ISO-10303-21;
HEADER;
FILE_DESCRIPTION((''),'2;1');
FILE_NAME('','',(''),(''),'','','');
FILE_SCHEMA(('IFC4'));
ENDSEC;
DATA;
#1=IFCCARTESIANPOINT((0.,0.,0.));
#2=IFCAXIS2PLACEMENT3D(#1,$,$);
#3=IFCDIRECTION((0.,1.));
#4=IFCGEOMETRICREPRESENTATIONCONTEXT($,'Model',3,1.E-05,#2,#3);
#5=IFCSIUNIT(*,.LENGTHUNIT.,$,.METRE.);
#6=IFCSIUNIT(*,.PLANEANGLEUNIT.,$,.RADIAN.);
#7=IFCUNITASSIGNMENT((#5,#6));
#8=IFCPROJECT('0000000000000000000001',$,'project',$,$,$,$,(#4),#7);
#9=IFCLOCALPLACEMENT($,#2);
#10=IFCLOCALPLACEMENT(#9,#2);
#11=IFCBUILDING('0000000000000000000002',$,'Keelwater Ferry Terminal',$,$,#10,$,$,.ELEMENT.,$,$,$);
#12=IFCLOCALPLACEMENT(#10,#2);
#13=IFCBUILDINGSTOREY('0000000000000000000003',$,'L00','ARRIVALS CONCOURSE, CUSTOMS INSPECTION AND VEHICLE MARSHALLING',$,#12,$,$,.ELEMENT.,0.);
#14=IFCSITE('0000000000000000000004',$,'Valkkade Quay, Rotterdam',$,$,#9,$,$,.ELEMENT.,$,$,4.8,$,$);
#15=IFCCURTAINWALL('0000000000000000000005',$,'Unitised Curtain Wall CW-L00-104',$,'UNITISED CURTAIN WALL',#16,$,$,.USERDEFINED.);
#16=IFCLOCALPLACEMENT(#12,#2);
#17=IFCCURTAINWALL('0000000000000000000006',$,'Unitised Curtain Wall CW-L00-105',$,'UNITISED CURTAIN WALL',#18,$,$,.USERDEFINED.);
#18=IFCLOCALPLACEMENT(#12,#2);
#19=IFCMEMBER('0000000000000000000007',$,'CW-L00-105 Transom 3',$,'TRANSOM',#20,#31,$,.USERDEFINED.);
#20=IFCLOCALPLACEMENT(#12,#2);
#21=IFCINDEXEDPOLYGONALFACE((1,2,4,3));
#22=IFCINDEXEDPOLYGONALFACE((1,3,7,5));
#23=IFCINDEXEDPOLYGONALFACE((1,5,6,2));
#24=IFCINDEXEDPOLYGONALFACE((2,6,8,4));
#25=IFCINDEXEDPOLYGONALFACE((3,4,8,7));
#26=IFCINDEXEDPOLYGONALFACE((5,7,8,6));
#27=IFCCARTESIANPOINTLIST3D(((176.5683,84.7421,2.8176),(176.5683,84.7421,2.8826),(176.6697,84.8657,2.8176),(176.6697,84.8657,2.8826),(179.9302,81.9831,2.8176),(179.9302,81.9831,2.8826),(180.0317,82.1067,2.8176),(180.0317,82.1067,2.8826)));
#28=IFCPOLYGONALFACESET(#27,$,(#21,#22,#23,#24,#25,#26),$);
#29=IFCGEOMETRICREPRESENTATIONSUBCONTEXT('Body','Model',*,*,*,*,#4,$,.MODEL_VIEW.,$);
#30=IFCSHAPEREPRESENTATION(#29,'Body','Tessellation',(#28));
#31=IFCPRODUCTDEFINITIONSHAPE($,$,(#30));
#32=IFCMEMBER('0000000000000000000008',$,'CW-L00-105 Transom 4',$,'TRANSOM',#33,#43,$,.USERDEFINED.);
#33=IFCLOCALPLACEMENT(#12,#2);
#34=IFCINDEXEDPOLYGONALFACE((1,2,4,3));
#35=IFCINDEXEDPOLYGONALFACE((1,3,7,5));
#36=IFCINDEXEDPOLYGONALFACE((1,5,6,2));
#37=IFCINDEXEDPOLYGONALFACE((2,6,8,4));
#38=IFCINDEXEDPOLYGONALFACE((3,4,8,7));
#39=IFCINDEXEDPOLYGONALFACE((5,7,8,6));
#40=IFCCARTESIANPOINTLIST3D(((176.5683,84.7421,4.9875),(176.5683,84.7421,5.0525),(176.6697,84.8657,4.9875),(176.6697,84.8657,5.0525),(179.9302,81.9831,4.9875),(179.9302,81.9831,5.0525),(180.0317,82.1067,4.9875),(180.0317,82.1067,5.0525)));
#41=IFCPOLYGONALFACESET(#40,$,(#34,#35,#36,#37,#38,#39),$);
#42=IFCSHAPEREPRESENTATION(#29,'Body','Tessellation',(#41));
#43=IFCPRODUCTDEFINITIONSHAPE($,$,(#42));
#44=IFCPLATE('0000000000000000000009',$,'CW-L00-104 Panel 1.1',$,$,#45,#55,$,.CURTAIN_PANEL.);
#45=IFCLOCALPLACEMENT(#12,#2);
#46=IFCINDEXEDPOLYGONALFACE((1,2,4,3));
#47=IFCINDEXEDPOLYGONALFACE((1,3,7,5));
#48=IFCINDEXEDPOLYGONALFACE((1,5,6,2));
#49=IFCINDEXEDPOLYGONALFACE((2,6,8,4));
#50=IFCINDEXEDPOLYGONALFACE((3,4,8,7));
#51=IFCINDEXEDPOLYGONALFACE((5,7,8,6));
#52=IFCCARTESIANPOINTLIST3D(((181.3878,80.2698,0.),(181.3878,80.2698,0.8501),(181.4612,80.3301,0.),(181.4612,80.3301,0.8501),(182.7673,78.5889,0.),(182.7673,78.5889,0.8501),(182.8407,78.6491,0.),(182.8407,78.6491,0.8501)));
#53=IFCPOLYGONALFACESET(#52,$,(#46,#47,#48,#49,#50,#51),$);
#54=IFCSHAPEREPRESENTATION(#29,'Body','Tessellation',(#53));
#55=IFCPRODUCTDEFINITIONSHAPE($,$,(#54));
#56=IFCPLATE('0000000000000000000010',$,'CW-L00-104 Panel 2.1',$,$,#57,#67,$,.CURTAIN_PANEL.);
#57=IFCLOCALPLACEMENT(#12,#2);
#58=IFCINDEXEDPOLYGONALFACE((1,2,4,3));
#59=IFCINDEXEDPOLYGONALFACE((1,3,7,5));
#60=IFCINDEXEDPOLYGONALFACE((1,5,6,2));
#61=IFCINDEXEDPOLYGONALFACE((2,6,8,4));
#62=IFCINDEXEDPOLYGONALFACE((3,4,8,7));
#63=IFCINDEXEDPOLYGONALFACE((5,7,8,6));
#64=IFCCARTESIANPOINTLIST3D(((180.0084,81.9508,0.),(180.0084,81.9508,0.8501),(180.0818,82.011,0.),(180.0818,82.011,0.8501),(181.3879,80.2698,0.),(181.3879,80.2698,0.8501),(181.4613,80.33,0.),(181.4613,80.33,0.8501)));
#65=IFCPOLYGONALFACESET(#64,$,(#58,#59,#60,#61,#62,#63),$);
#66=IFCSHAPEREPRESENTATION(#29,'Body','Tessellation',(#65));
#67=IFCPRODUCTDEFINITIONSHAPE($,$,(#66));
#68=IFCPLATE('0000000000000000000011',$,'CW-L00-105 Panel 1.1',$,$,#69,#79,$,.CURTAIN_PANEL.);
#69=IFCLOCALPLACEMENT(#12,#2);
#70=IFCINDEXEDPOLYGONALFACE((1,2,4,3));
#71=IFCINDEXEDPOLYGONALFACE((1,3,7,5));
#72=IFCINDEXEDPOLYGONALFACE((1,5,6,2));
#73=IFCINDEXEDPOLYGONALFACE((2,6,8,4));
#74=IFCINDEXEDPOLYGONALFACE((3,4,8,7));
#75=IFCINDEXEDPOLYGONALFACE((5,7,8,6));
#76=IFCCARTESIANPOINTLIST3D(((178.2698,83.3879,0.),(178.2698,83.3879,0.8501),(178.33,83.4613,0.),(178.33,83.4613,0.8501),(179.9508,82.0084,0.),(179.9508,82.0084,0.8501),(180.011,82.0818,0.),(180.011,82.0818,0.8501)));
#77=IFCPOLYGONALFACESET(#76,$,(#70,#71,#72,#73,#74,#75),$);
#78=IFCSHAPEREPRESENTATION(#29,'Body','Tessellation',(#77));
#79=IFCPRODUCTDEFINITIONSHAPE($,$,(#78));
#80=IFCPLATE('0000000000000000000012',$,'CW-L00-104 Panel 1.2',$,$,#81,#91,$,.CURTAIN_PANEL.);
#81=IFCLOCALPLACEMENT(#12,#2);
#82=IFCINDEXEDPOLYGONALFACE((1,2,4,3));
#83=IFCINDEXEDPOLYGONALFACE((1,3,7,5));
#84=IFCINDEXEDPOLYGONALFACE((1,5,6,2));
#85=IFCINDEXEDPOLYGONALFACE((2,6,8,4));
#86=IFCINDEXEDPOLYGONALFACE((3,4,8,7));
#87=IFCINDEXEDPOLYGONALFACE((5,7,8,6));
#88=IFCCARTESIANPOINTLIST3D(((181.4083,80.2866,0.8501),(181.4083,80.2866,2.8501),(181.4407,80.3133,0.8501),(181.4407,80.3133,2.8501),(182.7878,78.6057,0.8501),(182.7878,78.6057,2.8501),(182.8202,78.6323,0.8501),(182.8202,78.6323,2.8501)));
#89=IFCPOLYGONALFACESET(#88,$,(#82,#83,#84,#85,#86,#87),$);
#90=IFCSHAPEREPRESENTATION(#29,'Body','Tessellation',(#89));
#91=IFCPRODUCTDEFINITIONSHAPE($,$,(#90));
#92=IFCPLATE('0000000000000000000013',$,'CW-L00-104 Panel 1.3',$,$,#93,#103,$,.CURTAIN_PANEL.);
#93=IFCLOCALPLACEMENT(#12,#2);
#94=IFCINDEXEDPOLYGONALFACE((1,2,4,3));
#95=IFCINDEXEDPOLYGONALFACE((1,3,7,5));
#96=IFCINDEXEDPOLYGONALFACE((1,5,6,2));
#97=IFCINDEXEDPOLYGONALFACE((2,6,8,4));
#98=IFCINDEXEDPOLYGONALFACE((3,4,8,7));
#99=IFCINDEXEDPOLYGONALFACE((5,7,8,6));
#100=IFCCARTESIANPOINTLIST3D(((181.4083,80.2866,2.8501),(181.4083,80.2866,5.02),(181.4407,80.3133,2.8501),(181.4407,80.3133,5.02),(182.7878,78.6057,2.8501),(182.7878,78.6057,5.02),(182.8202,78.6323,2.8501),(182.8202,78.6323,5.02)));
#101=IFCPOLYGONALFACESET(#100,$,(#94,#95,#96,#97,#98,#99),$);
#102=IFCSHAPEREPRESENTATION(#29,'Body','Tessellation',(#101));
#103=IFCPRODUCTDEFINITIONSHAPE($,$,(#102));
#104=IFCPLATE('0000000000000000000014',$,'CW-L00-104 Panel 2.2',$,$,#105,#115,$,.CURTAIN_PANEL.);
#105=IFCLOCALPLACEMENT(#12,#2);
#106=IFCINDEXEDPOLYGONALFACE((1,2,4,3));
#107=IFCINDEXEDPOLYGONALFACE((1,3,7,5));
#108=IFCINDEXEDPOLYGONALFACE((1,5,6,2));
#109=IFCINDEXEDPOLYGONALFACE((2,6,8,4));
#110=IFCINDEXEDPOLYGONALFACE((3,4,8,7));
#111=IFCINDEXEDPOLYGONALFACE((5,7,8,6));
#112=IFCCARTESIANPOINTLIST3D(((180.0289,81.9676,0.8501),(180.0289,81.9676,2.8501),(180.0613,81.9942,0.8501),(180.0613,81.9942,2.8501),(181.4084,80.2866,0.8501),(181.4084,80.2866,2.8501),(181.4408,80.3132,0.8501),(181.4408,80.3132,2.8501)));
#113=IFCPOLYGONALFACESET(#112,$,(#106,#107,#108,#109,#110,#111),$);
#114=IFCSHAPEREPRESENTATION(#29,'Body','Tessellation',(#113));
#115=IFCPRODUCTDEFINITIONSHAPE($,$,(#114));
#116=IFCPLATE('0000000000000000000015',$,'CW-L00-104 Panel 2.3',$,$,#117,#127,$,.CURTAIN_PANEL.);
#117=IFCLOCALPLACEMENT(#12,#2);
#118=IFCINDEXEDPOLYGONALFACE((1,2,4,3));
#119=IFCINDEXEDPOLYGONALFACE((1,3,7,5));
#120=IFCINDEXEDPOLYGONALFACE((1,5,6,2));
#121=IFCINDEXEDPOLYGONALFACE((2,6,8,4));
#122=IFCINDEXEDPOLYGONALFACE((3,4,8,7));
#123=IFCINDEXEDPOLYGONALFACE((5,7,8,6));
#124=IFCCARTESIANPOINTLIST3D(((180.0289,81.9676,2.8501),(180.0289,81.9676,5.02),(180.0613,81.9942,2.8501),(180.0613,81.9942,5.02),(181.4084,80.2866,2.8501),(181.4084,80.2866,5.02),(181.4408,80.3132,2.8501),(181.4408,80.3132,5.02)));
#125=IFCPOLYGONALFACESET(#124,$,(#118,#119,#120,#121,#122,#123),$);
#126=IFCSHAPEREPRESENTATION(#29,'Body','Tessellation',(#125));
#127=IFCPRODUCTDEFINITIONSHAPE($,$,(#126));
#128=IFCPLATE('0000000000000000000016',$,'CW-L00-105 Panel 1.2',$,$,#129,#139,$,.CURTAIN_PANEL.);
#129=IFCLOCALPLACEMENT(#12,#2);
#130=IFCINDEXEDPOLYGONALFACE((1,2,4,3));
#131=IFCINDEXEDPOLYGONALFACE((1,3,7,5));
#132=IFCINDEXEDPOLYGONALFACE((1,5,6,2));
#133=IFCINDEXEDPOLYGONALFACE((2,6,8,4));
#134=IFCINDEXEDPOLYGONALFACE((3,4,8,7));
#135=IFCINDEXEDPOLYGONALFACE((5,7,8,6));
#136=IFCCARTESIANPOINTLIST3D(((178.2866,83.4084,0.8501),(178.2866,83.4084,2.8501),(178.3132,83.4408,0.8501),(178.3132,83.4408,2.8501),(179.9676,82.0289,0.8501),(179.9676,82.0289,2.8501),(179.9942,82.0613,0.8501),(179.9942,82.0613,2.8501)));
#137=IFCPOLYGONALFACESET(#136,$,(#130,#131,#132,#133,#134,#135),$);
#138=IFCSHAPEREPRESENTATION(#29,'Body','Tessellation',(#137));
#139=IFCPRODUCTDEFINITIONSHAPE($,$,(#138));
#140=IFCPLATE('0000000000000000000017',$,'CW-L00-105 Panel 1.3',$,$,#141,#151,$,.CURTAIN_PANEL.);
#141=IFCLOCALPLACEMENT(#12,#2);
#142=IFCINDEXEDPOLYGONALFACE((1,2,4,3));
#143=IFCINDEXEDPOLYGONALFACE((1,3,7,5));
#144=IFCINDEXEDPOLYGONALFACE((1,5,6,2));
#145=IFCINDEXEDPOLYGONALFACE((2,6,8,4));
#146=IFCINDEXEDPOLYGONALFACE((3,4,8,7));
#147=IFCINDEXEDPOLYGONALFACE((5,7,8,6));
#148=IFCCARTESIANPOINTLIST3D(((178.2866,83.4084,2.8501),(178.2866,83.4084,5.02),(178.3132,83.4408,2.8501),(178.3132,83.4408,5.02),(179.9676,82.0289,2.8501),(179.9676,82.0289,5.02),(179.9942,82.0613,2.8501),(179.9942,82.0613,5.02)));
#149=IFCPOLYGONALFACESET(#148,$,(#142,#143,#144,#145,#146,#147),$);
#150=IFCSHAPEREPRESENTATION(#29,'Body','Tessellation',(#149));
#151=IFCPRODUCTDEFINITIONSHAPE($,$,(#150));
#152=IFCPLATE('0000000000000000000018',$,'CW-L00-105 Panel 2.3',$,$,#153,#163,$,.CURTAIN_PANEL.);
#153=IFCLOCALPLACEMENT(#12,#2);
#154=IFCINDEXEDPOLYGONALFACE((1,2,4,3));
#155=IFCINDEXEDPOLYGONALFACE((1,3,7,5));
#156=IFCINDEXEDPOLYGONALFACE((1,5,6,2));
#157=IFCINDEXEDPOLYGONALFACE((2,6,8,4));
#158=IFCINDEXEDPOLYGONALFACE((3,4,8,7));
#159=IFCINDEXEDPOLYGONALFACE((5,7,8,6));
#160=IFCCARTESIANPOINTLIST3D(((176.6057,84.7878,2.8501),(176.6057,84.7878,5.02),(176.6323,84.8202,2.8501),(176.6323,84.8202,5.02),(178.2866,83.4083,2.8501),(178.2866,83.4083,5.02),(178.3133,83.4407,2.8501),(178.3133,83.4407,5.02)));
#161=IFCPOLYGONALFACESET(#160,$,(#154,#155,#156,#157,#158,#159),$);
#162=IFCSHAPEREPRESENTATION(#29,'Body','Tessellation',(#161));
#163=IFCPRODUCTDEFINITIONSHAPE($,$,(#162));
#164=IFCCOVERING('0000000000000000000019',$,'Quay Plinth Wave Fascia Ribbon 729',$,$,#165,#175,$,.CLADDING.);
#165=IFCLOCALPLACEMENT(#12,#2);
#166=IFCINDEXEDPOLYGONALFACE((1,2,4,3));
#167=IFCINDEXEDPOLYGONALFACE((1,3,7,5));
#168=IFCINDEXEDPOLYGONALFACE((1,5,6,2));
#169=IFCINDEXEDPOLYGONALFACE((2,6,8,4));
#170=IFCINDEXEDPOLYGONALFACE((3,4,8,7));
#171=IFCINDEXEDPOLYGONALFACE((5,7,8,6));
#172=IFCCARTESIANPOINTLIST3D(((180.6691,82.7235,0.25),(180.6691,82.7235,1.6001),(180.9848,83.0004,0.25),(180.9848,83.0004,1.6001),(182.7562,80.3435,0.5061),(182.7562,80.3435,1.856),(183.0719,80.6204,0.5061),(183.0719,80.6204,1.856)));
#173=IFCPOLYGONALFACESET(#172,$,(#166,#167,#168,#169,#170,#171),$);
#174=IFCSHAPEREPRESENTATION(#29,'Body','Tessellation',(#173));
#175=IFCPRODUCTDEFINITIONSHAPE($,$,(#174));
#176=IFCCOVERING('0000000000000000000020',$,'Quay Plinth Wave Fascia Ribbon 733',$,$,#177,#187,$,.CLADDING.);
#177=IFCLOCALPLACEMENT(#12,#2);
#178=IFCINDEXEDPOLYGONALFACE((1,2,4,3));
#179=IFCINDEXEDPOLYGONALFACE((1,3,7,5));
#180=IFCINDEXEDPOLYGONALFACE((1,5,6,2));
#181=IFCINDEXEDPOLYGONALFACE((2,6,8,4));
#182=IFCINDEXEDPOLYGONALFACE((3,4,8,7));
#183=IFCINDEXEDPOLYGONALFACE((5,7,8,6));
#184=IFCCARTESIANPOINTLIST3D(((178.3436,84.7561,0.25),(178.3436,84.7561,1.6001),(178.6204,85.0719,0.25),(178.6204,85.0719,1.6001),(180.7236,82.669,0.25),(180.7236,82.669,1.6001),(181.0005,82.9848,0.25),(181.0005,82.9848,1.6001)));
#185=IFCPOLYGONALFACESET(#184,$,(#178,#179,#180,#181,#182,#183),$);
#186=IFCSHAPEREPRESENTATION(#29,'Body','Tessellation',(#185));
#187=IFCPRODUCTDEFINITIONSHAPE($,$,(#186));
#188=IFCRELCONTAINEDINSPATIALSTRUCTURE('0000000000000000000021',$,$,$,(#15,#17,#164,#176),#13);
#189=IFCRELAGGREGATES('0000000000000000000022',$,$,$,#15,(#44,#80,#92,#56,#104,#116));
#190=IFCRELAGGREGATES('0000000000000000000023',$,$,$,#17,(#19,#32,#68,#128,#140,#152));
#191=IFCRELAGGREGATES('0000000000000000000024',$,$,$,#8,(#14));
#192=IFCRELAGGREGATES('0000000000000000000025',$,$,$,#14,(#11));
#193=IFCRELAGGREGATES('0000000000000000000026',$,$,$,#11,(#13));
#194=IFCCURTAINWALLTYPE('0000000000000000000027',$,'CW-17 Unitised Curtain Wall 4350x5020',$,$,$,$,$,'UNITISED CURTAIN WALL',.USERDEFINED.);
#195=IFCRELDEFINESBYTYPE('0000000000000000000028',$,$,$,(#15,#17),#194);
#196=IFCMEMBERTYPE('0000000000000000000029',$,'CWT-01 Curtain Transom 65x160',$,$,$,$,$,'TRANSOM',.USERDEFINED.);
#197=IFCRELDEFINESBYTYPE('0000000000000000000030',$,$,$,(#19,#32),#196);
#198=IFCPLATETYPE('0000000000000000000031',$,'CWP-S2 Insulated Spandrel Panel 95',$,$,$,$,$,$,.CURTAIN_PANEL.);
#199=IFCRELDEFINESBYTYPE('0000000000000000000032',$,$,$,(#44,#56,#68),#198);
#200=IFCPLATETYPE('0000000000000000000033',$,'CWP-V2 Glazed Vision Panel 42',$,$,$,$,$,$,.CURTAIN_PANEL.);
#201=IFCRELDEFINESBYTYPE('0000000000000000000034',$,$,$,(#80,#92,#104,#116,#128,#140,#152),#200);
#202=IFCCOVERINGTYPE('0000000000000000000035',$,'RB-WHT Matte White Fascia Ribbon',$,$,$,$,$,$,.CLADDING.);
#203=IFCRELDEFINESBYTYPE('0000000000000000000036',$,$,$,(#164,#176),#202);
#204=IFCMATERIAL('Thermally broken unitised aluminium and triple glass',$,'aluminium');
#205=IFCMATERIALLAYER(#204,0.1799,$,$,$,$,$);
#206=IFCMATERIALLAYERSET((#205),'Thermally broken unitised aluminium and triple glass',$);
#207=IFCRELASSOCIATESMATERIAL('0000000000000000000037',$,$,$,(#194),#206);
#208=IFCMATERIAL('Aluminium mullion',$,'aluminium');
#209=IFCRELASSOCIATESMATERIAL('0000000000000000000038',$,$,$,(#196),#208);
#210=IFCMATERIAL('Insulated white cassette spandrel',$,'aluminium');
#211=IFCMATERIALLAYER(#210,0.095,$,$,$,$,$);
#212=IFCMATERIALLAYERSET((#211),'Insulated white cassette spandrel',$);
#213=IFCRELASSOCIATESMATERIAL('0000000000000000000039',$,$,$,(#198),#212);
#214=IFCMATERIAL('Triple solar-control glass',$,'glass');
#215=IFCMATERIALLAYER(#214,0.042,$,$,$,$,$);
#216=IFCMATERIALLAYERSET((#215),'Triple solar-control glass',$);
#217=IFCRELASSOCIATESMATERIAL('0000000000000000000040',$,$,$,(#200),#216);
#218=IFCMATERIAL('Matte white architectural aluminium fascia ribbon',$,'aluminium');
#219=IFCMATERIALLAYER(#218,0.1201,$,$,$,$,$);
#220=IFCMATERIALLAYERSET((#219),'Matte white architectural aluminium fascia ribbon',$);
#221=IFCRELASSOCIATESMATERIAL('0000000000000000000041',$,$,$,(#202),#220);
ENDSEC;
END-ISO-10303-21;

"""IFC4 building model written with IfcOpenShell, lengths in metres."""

from ifc_helpers import new_model, si_unit, direction, frame, origin, origin_2d, place, context, subcontext, project, spatial, polyline, rectangle, outline, extrude, material, layer, layer_set, material_profile, profile_set, type_object, element, aggregate, save


model = new_model("IFC4")

# Units and contexts
model_context = context("Model", 3, precision=1e-05, world=origin(), true_north=direction((0.0, 1.0)))
body_context = subcontext(model_context, "Body", "Model", "MODEL_VIEW")
ifc_project = project(units=[si_unit("LENGTHUNIT", "METRE"), si_unit("PLANEANGLEUNIT", "RADIAN")], contexts=[model_context])

# Site, building, storey
site_placement = place(None, origin())
site = spatial("IfcSite", under=ifc_project, at=site_placement, Name="Valkkade Quay, Rotterdam", CompositionType="ELEMENT", RefElevation=4.8)
building_placement = place(site_placement, origin())
building = spatial("IfcBuilding", under=site, at=building_placement, Name="Keelwater Ferry Terminal", CompositionType="ELEMENT")
storey_placement = place(building_placement, origin())
storey = spatial("IfcBuildingStorey", under=building, at=storey_placement, Name="L00", Description="ARRIVALS CONCOURSE, CUSTOMS INSPECTION AND VEHICLE MARSHALLING", CompositionType="ELEMENT", Elevation=0.0)

# Curtain walls
ifc_material_1 = material(Name="Thermally broken unitised aluminium and triple glass", Category="aluminium")
ifc_layer_1 = layer(ifc_material_1, 0.1799)
ifc_layer_set_1 = layer_set([ifc_layer_1], Name="Thermally broken unitised aluminium and triple glass")
curtain_wall_type = type_object("IfcCurtainWallType", Name="CW-17 Unitised Curtain Wall 4350x5020", ElementType="UNITISED CURTAIN WALL", PredefinedType="USERDEFINED", material=ifc_layer_set_1)
curtain_wall_1_placement = place(storey_placement, origin())
curtain_wall_1 = element("IfcCurtainWall", 1, at=curtain_wall_1_placement, inside=storey, type_object=curtain_wall_type, Name="Unitised Curtain Wall CW-L00-104", ObjectType="UNITISED CURTAIN WALL", PredefinedType="USERDEFINED")
curtain_wall_2_placement = place(storey_placement, origin())
curtain_wall_2 = element("IfcCurtainWall", 2, at=curtain_wall_2_placement, inside=storey, type_object=curtain_wall_type, Name="Unitised Curtain Wall CW-L00-105", ObjectType="UNITISED CURTAIN WALL", PredefinedType="USERDEFINED")

# Members
ifc_material_2 = material(Name="Aluminium mullion", Category="aluminium")
ifc_material_profile_1 = material_profile(ifc_material_2, rectangle(XDim=0.1599, YDim=0.0649, at=origin_2d()), Name="CWT-01")
ifc_profile_set_1 = profile_set([ifc_material_profile_1], Name="Aluminium mullion")
member_type_1 = type_object("IfcMemberType", Name="CWT-01 Curtain Transom 65x160", ElementType="TRANSOM", PredefinedType="USERDEFINED", material=ifc_profile_set_1)
member_1_placement = place(storey_placement, frame((179.981, 82.0449, 2.8501), z_axis=(-0.773026, 0.634374, 0.0), x_axis=(-0.634374, -0.773026, 0.0)))
member_1 = element("IfcMember", 3, at=member_1_placement, type_object=member_type_1, Name="CW-L00-105 Transom 3", ObjectType="TRANSOM", PredefinedType="USERDEFINED", context=body_context, shape_type="SweptSolid", body=[
    extrude(rectangle(XDim=0.1599, YDim=0.0649, at=origin_2d()), origin(), (0.0, 0.0, 1.0), 4.3491),
])
member_2_placement = place(storey_placement, frame((179.981, 82.0449, 5.02), z_axis=(-0.773026, 0.634374, 0.0), x_axis=(-0.634374, -0.773026, 0.0)))
member_2 = element("IfcMember", 4, at=member_2_placement, type_object=member_type_1, Name="CW-L00-105 Transom 4", ObjectType="TRANSOM", PredefinedType="USERDEFINED", context=body_context, shape_type="SweptSolid", body=[
    extrude(rectangle(XDim=0.1599, YDim=0.0649, at=origin_2d()), origin(), (0.0, 0.0, 1.0), 4.3491),
])

# Plates
ifc_material_3 = material(Name="Insulated white cassette spandrel", Category="aluminium")
ifc_layer_2 = layer(ifc_material_3, 0.095)
ifc_layer_set_2 = layer_set([ifc_layer_2], Name="Insulated white cassette spandrel")
plate_type_1 = type_object("IfcPlateType", Name="CWP-S2 Insulated Spandrel Panel 95", PredefinedType="CURTAIN_PANEL", material=ifc_layer_set_2)
plate_1_placement = place(storey_placement, frame((182.1143, 79.4595, 0.0), z_axis=(0.0, 0.0, 1.0), x_axis=(-0.634377, 0.773024, 0.0)))
plate_1 = element("IfcPlate", 5, at=plate_1_placement, type_object=plate_type_1, Name="CW-L00-104 Panel 1.1", PredefinedType="CURTAIN_PANEL", context=body_context, shape_type="SweptSolid", body=[
    extrude(rectangle(XDim=2.1746, YDim=0.095, at=origin_2d()), origin(), (0.0, 0.0, 1.0), 0.8501),
])
plate_2_placement = place(storey_placement, frame((180.7349, 81.1404, 0.0), z_axis=(0.0, 0.0, 1.0), x_axis=(-0.634377, 0.773024, 0.0)))
plate_2 = element("IfcPlate", 6, at=plate_2_placement, type_object=plate_type_1, Name="CW-L00-104 Panel 2.1", PredefinedType="CURTAIN_PANEL", context=body_context, shape_type="SweptSolid", body=[
    extrude(rectangle(XDim=2.1746, YDim=0.095, at=origin_2d()), origin(), (0.0, 0.0, 1.0), 0.8501),
])
plate_3_placement = place(storey_placement, frame((179.1404, 82.7349, 0.0), z_axis=(0.0, 0.0, 1.0), x_axis=(-0.773024, 0.634377, 0.0)))
plate_3 = element("IfcPlate", 7, at=plate_3_placement, type_object=plate_type_1, Name="CW-L00-105 Panel 1.1", PredefinedType="CURTAIN_PANEL", context=body_context, shape_type="SweptSolid", body=[
    extrude(rectangle(XDim=2.1746, YDim=0.095, at=origin_2d()), origin(), (0.0, 0.0, 1.0), 0.8501),
])
ifc_material_4 = material(Name="Triple solar-control glass", Category="glass")
ifc_layer_3 = layer(ifc_material_4, 0.042)
ifc_layer_set_3 = layer_set([ifc_layer_3], Name="Triple solar-control glass")
plate_type_2 = type_object("IfcPlateType", Name="CWP-V2 Glazed Vision Panel 42", PredefinedType="CURTAIN_PANEL", material=ifc_layer_set_3)
plate_4_placement = place(storey_placement, frame((182.1143, 79.4595, 0.8501), z_axis=(0.0, 0.0, 1.0), x_axis=(-0.634377, 0.773024, 0.0)))
plate_4 = element("IfcPlate", 8, at=plate_4_placement, type_object=plate_type_2, Name="CW-L00-104 Panel 1.2", PredefinedType="CURTAIN_PANEL", context=body_context, shape_type="SweptSolid", body=[
    extrude(rectangle(XDim=2.1746, YDim=0.042, at=origin_2d()), origin(), (0.0, 0.0, 1.0), 2.0),
])
plate_5_placement = place(storey_placement, frame((182.1143, 79.4595, 2.8501), z_axis=(0.0, 0.0, 1.0), x_axis=(-0.634377, 0.773024, 0.0)))
plate_5 = element("IfcPlate", 9, at=plate_5_placement, type_object=plate_type_2, Name="CW-L00-104 Panel 1.3", PredefinedType="CURTAIN_PANEL", context=body_context, shape_type="SweptSolid", body=[
    extrude(rectangle(XDim=2.1746, YDim=0.042, at=origin_2d()), origin(), (0.0, 0.0, 1.0), 2.1699),
])
plate_6_placement = place(storey_placement, frame((180.7349, 81.1404, 0.8501), z_axis=(0.0, 0.0, 1.0), x_axis=(-0.634377, 0.773024, 0.0)))
plate_6 = element("IfcPlate", 10, at=plate_6_placement, type_object=plate_type_2, Name="CW-L00-104 Panel 2.2", PredefinedType="CURTAIN_PANEL", context=body_context, shape_type="SweptSolid", body=[
    extrude(rectangle(XDim=2.1746, YDim=0.042, at=origin_2d()), origin(), (0.0, 0.0, 1.0), 2.0),
])
plate_7_placement = place(storey_placement, frame((180.7349, 81.1404, 2.8501), z_axis=(0.0, 0.0, 1.0), x_axis=(-0.634377, 0.773024, 0.0)))
plate_7 = element("IfcPlate", 11, at=plate_7_placement, type_object=plate_type_2, Name="CW-L00-104 Panel 2.3", PredefinedType="CURTAIN_PANEL", context=body_context, shape_type="SweptSolid", body=[
    extrude(rectangle(XDim=2.1746, YDim=0.042, at=origin_2d()), origin(), (0.0, 0.0, 1.0), 2.1699),
])
aggregate(curtain_wall_1, [plate_1, plate_4, plate_5, plate_2, plate_6, plate_7])
plate_8_placement = place(storey_placement, frame((179.1404, 82.7349, 0.8501), z_axis=(0.0, 0.0, 1.0), x_axis=(-0.773024, 0.634377, 0.0)))
plate_8 = element("IfcPlate", 12, at=plate_8_placement, type_object=plate_type_2, Name="CW-L00-105 Panel 1.2", PredefinedType="CURTAIN_PANEL", context=body_context, shape_type="SweptSolid", body=[
    extrude(rectangle(XDim=2.1746, YDim=0.042, at=origin_2d()), origin(), (0.0, 0.0, 1.0), 2.0),
])
plate_9_placement = place(storey_placement, frame((179.1404, 82.7349, 2.8501), z_axis=(0.0, 0.0, 1.0), x_axis=(-0.773024, 0.634377, 0.0)))
plate_9 = element("IfcPlate", 13, at=plate_9_placement, type_object=plate_type_2, Name="CW-L00-105 Panel 1.3", PredefinedType="CURTAIN_PANEL", context=body_context, shape_type="SweptSolid", body=[
    extrude(rectangle(XDim=2.1746, YDim=0.042, at=origin_2d()), origin(), (0.0, 0.0, 1.0), 2.1699),
])
plate_10_placement = place(storey_placement, frame((177.4595, 84.1143, 2.8501), z_axis=(0.0, 0.0, 1.0), x_axis=(-0.773024, 0.634377, 0.0)))
plate_10 = element("IfcPlate", 14, at=plate_10_placement, type_object=plate_type_2, Name="CW-L00-105 Panel 2.3", PredefinedType="CURTAIN_PANEL", context=body_context, shape_type="SweptSolid", body=[
    extrude(rectangle(XDim=2.1746, YDim=0.042, at=origin_2d()), origin(), (0.0, 0.0, 1.0), 2.1699),
])
aggregate(curtain_wall_2, [member_1, member_2, plate_3, plate_8, plate_9, plate_10])

# Coverings
ifc_material_5 = material(Name="Matte white architectural aluminium fascia ribbon", Category="aluminium")
ifc_layer_4 = layer(ifc_material_5, 0.1201)
ifc_layer_set_4 = layer_set([ifc_layer_4], Name="Matte white architectural aluminium fascia ribbon")
covering_type = type_object("IfcCoveringType", Name="RB-WHT Matte White Fascia Ribbon", PredefinedType="CLADDING", material=ifc_layer_set_4)
covering_1_placement = place(storey_placement, frame((182.9141, 80.4819, 0.25), z_axis=(0.0, 0.0, 1.0), x_axis=(-0.659318, 0.751864, 0.0)))
element("IfcCovering", 15, at=covering_1_placement, inside=storey, type_object=covering_type, Name="Quay Plinth Wave Fascia Ribbon 729", PredefinedType="CLADDING", context=body_context, shape_type="SweptSolid", body=[
    extrude(outline(polyline([(0.0, 0.2561), (3.1655, 0.0), (3.1655, 1.3501), (0.0, 1.606), (0.0, 0.2561)])), frame((0.0, 0.21, 0.0), z_axis=(0.0, -1.0, 0.0), x_axis=(1.0, 0.0, 0.0)), (0.0, 0.0, 1.0), 0.4199),
])
covering_2_placement = place(storey_placement, frame((180.8621, 82.8269, 0.25), z_axis=(0.0, 0.0, 1.0), x_axis=(-0.751864, 0.659318, 0.0)))
element("IfcCovering", 16, at=covering_2_placement, inside=storey, type_object=covering_type, Name="Quay Plinth Wave Fascia Ribbon 733", PredefinedType="CLADDING", context=body_context, shape_type="SweptSolid", body=[
    extrude(outline(polyline([(0.0, 0.0), (3.1655, 0.0), (3.1655, 1.3501), (0.0, 1.3501), (0.0, 0.0)])), frame((0.0, 0.21, 0.0), z_axis=(0.0, -1.0, 0.0), x_axis=(1.0, 0.0, 0.0)), (0.0, 0.0, 1.0), 0.4199),
])

save(model, "model.ifc")
